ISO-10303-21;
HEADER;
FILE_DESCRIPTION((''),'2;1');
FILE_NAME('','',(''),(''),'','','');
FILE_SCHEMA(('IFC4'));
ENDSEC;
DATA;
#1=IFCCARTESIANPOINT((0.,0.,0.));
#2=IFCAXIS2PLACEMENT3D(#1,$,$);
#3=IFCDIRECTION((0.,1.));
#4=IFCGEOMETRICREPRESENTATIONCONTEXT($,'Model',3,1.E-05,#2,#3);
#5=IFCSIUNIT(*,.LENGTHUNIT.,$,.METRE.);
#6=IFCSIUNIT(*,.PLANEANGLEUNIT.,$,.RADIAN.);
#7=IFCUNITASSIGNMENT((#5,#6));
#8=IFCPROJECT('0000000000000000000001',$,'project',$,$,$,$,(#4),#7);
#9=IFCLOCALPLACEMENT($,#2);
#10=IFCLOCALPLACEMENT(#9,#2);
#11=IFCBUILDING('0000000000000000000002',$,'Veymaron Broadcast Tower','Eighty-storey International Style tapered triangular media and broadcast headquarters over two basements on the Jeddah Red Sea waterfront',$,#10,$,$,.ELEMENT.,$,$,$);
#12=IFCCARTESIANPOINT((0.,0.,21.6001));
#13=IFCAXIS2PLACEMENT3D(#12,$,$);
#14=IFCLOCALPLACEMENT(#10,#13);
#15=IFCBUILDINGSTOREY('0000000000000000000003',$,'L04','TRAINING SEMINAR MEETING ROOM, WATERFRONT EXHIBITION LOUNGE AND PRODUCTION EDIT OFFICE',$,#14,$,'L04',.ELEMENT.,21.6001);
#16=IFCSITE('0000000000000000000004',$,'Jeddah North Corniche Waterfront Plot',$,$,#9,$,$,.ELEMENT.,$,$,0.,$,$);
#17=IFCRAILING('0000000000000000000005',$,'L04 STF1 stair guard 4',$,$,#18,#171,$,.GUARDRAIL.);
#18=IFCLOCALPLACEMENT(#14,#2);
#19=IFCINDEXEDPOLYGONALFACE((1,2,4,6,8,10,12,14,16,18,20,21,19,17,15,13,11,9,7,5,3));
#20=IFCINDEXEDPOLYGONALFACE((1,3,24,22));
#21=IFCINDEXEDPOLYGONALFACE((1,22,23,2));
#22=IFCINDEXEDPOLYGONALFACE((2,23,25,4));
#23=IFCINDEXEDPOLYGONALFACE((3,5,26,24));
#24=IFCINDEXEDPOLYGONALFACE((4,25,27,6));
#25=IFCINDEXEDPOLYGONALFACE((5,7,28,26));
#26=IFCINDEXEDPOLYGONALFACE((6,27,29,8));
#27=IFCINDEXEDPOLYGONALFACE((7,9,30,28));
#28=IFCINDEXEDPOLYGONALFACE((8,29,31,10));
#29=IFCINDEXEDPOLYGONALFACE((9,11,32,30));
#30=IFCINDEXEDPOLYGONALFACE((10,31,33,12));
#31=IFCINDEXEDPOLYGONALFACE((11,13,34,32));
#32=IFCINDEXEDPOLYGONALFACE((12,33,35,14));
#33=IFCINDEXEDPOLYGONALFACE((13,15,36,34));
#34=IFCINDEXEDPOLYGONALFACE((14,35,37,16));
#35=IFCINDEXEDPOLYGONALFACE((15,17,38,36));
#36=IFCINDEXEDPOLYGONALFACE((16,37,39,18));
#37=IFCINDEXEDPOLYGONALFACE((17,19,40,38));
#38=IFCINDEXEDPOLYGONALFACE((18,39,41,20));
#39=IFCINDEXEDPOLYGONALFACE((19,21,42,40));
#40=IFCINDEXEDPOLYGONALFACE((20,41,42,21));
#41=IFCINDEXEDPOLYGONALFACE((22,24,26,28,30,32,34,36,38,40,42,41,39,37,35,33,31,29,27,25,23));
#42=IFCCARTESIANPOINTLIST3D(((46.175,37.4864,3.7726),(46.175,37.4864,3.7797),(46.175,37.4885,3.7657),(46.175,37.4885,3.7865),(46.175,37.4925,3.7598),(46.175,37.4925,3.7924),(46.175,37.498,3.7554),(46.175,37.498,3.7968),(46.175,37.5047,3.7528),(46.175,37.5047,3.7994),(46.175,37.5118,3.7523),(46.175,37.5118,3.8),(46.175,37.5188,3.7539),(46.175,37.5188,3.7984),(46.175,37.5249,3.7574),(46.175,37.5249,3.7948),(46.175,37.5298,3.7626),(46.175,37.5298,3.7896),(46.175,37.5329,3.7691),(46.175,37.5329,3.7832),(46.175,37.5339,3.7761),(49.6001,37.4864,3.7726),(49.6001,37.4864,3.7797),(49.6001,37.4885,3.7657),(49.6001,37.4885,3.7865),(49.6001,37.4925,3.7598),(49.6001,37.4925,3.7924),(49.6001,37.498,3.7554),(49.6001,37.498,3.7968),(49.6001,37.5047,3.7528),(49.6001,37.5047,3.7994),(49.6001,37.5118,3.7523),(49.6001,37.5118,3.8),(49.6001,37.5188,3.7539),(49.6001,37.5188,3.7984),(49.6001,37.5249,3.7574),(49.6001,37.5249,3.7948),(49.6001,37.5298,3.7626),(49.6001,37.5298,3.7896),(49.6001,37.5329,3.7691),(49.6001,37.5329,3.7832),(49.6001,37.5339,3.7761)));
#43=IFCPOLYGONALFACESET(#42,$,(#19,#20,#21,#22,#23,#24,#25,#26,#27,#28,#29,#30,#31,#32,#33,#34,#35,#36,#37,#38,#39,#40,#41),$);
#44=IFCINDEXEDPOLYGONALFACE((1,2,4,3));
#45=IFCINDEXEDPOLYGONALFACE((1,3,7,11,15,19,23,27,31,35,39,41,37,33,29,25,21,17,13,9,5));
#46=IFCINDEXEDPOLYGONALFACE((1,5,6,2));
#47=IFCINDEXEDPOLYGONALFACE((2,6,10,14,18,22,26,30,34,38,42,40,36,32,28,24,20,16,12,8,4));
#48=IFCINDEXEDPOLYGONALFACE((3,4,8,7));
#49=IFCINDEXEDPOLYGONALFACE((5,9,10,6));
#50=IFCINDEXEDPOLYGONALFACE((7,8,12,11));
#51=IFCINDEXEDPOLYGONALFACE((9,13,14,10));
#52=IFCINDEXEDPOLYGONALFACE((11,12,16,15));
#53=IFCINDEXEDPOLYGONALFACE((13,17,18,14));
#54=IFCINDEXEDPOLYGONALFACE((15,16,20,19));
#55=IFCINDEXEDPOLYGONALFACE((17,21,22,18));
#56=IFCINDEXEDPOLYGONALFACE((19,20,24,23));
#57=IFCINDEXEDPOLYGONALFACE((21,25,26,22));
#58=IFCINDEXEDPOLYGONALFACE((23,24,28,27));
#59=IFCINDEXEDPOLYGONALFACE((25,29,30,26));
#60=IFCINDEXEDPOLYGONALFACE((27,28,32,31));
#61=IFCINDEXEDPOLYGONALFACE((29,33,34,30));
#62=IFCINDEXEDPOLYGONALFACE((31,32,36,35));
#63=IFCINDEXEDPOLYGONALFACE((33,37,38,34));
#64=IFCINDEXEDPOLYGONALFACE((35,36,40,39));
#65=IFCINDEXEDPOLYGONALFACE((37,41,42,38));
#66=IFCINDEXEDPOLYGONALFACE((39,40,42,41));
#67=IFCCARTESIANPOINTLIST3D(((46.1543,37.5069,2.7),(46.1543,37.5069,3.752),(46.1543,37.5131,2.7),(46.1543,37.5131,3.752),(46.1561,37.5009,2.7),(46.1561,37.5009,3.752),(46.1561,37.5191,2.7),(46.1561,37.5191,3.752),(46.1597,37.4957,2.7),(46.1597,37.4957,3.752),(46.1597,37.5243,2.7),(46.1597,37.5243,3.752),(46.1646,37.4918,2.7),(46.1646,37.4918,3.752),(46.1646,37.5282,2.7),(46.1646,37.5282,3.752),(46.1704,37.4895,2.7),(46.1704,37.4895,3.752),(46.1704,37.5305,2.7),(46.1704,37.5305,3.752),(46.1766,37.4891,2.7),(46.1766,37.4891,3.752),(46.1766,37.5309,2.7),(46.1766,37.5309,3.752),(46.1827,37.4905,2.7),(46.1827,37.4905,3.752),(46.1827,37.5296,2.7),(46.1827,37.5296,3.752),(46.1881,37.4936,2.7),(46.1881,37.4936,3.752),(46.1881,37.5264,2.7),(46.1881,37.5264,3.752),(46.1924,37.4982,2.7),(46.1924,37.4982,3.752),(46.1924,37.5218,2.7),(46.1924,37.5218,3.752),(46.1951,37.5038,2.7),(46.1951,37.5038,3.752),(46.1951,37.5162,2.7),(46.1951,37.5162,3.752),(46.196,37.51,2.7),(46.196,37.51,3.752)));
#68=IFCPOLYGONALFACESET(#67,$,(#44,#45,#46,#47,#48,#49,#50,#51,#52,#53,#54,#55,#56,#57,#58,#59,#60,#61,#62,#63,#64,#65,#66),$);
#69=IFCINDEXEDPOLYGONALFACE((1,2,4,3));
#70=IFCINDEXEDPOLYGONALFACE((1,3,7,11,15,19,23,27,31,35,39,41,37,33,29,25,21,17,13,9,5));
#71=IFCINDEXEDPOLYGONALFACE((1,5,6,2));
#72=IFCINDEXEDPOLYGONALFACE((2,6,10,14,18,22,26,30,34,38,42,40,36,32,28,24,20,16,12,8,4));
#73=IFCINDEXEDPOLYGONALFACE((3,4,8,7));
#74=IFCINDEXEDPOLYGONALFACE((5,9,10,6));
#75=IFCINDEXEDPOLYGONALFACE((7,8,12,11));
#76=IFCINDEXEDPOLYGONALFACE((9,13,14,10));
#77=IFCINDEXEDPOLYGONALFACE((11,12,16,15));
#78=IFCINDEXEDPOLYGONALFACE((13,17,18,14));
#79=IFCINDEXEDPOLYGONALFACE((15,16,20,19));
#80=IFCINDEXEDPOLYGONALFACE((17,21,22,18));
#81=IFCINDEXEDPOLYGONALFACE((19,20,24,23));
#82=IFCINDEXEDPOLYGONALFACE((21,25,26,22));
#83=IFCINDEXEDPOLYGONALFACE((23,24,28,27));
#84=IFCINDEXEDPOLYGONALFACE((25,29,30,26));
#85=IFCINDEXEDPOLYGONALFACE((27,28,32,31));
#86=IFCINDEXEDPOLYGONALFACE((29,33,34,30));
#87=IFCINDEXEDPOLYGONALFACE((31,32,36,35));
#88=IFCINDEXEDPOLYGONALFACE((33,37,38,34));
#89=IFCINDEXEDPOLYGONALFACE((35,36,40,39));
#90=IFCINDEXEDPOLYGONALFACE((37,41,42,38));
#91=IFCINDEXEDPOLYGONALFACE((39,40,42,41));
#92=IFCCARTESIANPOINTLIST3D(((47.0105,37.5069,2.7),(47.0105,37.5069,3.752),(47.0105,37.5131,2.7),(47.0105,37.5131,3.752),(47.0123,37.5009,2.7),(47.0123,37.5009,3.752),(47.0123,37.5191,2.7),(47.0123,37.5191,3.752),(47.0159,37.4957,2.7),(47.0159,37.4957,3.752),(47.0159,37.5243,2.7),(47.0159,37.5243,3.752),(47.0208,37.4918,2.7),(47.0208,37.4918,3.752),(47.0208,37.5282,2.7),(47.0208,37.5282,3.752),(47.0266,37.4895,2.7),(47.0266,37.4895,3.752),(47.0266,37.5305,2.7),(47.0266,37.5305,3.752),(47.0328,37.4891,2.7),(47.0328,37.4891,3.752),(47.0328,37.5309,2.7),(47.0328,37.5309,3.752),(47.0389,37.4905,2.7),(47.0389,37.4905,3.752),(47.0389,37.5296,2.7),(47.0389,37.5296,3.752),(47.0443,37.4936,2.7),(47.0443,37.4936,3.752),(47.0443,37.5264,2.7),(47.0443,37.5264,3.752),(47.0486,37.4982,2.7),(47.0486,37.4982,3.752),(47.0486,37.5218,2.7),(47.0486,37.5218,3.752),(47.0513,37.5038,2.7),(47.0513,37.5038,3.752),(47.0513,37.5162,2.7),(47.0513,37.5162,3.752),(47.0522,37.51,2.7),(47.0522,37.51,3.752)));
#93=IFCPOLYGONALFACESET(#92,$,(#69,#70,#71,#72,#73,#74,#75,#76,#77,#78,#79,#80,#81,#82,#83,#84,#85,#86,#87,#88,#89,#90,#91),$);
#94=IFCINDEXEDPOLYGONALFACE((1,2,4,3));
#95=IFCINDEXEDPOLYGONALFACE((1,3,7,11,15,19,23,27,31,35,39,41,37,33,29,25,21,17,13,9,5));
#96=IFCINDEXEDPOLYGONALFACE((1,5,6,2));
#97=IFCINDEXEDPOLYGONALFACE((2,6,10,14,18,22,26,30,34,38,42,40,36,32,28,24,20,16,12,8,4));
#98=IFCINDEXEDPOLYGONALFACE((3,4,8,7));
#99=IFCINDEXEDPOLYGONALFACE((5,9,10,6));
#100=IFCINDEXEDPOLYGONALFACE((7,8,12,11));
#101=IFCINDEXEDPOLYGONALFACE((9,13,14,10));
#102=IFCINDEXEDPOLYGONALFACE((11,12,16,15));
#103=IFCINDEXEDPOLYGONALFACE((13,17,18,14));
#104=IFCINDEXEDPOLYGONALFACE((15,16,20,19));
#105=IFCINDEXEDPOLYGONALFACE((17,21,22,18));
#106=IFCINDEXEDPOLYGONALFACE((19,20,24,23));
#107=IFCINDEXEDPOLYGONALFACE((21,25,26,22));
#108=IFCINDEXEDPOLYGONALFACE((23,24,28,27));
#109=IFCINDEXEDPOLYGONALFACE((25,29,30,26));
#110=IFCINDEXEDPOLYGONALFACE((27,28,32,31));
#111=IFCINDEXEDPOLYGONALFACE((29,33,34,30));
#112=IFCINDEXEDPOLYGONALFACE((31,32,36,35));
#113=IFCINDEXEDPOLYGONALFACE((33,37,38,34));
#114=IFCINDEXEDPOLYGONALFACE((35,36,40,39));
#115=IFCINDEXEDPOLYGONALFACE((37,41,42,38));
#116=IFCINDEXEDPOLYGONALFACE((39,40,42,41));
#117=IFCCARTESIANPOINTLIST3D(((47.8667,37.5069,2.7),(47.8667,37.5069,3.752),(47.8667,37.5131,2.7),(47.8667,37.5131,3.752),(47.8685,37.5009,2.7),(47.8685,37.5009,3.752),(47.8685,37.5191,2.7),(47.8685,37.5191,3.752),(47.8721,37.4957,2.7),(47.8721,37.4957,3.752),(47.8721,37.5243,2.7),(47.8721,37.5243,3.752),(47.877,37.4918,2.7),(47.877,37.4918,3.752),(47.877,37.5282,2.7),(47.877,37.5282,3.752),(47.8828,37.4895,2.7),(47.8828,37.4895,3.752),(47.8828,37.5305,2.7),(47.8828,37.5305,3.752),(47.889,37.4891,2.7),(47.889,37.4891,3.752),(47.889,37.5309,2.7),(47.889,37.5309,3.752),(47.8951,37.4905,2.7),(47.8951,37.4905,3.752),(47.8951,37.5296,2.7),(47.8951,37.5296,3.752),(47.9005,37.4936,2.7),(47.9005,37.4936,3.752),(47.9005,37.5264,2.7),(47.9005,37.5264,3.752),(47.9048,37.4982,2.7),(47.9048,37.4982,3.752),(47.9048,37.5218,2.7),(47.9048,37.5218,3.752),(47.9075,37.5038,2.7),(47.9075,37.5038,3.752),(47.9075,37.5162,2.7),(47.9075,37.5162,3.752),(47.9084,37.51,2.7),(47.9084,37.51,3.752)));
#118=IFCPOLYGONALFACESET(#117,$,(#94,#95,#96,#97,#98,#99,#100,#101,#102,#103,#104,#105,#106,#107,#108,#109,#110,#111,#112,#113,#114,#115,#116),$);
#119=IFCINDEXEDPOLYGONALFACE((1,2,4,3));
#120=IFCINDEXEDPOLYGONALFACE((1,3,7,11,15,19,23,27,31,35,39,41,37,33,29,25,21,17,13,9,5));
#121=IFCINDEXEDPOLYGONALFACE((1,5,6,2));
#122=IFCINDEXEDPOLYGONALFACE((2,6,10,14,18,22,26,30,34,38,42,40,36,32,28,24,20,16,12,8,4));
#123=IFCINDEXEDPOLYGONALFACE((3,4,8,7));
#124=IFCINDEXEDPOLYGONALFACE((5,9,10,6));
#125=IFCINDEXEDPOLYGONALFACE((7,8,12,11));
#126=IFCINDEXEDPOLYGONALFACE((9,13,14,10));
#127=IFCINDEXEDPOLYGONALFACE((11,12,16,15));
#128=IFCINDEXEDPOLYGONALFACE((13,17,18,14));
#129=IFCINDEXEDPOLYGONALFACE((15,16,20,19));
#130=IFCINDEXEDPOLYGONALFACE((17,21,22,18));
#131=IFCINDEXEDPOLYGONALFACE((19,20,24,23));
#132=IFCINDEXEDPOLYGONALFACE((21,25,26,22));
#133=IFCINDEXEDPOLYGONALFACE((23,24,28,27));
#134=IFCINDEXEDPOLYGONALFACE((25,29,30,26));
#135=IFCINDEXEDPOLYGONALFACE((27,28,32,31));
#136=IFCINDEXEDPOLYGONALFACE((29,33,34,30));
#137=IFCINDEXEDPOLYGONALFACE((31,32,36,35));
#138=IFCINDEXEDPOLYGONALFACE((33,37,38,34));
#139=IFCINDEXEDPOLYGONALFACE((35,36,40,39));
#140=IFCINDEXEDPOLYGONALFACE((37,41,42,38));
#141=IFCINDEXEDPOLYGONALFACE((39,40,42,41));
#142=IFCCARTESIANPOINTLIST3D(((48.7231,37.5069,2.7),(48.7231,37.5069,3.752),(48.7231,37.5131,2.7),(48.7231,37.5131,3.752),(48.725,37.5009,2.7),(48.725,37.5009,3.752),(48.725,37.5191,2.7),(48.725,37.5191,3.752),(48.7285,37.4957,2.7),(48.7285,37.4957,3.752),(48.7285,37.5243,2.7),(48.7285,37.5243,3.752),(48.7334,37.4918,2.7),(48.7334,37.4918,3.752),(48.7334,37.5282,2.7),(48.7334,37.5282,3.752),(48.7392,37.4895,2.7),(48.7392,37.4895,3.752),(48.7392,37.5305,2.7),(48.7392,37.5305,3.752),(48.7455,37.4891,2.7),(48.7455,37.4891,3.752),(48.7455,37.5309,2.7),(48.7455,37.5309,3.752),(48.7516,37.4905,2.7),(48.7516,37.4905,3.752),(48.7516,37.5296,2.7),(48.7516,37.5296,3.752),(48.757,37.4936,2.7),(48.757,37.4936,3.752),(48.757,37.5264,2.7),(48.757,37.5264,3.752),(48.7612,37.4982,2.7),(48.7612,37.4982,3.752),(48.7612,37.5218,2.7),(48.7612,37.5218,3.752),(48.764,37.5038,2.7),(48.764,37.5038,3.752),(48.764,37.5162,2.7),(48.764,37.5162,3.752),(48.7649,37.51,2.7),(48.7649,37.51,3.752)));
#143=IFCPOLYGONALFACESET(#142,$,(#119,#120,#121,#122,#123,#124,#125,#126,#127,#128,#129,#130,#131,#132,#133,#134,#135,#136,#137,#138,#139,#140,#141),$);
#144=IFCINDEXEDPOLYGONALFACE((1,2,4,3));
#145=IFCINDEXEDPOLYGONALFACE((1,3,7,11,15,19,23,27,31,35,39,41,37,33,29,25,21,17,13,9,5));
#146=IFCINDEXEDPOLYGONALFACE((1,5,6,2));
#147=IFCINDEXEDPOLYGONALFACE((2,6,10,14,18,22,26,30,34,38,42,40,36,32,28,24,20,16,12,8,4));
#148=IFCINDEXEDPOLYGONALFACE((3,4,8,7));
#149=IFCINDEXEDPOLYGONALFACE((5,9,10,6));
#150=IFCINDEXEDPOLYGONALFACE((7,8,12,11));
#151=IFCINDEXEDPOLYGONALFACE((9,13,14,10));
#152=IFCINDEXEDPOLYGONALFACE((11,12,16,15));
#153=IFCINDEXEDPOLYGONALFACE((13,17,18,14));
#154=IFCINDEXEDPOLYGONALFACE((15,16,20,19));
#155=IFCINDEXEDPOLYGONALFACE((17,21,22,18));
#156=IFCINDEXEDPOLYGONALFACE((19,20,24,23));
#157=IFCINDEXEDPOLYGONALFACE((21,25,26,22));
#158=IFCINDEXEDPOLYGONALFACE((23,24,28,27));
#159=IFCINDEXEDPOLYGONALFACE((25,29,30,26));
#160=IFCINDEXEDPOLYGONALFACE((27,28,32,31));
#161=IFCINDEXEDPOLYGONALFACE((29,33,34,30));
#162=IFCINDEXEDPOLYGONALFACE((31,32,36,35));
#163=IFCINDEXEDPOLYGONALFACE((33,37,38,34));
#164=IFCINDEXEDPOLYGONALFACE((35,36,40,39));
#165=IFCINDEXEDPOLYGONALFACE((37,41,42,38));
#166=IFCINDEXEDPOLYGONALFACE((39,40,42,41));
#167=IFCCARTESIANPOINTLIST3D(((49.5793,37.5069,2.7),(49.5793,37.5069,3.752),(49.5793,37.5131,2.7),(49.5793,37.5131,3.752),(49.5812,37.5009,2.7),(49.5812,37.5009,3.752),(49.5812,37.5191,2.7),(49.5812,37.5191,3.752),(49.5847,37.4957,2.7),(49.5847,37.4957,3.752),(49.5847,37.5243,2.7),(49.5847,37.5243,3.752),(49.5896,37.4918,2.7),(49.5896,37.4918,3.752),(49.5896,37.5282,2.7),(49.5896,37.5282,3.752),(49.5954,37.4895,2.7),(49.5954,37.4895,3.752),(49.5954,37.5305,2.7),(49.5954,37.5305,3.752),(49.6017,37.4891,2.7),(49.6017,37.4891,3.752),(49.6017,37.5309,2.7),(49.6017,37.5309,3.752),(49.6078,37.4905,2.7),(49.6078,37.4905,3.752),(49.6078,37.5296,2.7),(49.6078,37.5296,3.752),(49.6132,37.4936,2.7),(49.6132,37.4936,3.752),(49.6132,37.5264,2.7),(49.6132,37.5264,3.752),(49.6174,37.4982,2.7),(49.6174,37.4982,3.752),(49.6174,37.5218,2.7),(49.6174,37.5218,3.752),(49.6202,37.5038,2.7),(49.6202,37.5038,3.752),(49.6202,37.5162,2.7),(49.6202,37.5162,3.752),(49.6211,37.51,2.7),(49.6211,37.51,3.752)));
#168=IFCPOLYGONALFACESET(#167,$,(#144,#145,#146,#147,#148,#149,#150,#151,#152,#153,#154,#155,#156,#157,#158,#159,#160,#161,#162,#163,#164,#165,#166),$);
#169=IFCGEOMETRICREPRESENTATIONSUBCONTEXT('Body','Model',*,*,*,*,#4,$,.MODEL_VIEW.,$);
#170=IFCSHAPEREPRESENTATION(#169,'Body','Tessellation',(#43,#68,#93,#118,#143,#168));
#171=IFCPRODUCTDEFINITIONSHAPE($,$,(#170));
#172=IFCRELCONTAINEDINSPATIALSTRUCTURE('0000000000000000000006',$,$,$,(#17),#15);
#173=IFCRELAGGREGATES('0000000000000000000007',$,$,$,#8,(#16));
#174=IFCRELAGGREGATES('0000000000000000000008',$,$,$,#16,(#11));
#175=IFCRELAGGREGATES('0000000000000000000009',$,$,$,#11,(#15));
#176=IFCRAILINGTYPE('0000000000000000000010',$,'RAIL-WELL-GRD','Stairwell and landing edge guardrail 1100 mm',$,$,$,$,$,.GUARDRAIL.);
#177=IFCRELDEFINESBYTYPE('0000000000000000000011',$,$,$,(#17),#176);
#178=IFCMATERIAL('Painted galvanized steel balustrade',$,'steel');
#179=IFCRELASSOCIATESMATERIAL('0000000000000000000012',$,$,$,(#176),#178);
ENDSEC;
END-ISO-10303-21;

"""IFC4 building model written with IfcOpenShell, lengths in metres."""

from ifc_helpers import new_model, si_unit, direction, frame, origin, origin_2d, place, context, subcontext, project, spatial, circle, extrude, material, type_object, element, save


model = new_model("IFC4")

# Units and contexts
model_context = context("Model", 3, precision=1e-05, world=origin(), true_north=direction((0.0, 1.0)))
body_context = subcontext(model_context, "Body", "Model", "MODEL_VIEW")
ifc_project = project(units=[si_unit("LENGTHUNIT", "METRE"), si_unit("PLANEANGLEUNIT", "RADIAN")], contexts=[model_context])

# Site, building, storey
site_placement = place(None, origin())
site = spatial("IfcSite", under=ifc_project, at=site_placement, Name="Jeddah North Corniche Waterfront Plot", CompositionType="ELEMENT", RefElevation=0.0)
building_placement = place(site_placement, origin())
building = spatial("IfcBuilding", under=site, at=building_placement, Name="Veymaron Broadcast Tower", Description="Eighty-storey International Style tapered triangular media and broadcast headquarters over two basements on the Jeddah Red Sea waterfront", CompositionType="ELEMENT")
storey_placement = place(building_placement, frame((0.0, 0.0, 21.6001)))
storey = spatial("IfcBuildingStorey", under=building, at=storey_placement, Name="L04", Description="TRAINING SEMINAR MEETING ROOM, WATERFRONT EXHIBITION LOUNGE AND PRODUCTION EDIT OFFICE", LongName="L04", CompositionType="ELEMENT", Elevation=21.6001)

# Railing
ifc_material_1 = material(Name="Painted galvanized steel balustrade", Category="steel")
railing_type_1 = type_object("IfcRailingType", Name="RAIL-WELL-GRD", Description="Stairwell and landing edge guardrail 1100 mm", PredefinedType="GUARDRAIL", material=ifc_material_1)
railing_1_placement = place(storey_placement, frame((46.175, 37.51, 2.7)))
element("IfcRailing", 1, at=railing_1_placement, inside=storey, type_object=railing_type_1, Name="L04 STF1 stair guard 4", PredefinedType="GUARDRAIL", context=body_context, shape_type="SweptSolid", body=[
    extrude(circle(Radius=0.0239, at=origin_2d()), frame((0.0, 0.0, 1.0762), z_axis=(1.0, 0.0, 0.0), x_axis=(0.0, 1.0, 0.0)), (0.0, 0.0, 1.0), 3.425),
    extrude(circle(Radius=0.021, at=origin_2d()), origin(), (0.0, 0.0, 1.0), 1.052),
    extrude(circle(Radius=0.021, at=origin_2d()), frame((0.8562, 0.0, 0.0)), (0.0, 0.0, 1.0), 1.052),
    extrude(circle(Radius=0.021, at=origin_2d()), frame((1.7124, 0.0, 0.0)), (0.0, 0.0, 1.0), 1.052),
    extrude(circle(Radius=0.021, at=origin_2d()), frame((2.5688, 0.0, 0.0)), (0.0, 0.0, 1.0), 1.052),
    extrude(circle(Radius=0.021, at=origin_2d()), frame((3.425, 0.0, 0.0)), (0.0, 0.0, 1.0), 1.052),
])

save(model, "model.ifc")
